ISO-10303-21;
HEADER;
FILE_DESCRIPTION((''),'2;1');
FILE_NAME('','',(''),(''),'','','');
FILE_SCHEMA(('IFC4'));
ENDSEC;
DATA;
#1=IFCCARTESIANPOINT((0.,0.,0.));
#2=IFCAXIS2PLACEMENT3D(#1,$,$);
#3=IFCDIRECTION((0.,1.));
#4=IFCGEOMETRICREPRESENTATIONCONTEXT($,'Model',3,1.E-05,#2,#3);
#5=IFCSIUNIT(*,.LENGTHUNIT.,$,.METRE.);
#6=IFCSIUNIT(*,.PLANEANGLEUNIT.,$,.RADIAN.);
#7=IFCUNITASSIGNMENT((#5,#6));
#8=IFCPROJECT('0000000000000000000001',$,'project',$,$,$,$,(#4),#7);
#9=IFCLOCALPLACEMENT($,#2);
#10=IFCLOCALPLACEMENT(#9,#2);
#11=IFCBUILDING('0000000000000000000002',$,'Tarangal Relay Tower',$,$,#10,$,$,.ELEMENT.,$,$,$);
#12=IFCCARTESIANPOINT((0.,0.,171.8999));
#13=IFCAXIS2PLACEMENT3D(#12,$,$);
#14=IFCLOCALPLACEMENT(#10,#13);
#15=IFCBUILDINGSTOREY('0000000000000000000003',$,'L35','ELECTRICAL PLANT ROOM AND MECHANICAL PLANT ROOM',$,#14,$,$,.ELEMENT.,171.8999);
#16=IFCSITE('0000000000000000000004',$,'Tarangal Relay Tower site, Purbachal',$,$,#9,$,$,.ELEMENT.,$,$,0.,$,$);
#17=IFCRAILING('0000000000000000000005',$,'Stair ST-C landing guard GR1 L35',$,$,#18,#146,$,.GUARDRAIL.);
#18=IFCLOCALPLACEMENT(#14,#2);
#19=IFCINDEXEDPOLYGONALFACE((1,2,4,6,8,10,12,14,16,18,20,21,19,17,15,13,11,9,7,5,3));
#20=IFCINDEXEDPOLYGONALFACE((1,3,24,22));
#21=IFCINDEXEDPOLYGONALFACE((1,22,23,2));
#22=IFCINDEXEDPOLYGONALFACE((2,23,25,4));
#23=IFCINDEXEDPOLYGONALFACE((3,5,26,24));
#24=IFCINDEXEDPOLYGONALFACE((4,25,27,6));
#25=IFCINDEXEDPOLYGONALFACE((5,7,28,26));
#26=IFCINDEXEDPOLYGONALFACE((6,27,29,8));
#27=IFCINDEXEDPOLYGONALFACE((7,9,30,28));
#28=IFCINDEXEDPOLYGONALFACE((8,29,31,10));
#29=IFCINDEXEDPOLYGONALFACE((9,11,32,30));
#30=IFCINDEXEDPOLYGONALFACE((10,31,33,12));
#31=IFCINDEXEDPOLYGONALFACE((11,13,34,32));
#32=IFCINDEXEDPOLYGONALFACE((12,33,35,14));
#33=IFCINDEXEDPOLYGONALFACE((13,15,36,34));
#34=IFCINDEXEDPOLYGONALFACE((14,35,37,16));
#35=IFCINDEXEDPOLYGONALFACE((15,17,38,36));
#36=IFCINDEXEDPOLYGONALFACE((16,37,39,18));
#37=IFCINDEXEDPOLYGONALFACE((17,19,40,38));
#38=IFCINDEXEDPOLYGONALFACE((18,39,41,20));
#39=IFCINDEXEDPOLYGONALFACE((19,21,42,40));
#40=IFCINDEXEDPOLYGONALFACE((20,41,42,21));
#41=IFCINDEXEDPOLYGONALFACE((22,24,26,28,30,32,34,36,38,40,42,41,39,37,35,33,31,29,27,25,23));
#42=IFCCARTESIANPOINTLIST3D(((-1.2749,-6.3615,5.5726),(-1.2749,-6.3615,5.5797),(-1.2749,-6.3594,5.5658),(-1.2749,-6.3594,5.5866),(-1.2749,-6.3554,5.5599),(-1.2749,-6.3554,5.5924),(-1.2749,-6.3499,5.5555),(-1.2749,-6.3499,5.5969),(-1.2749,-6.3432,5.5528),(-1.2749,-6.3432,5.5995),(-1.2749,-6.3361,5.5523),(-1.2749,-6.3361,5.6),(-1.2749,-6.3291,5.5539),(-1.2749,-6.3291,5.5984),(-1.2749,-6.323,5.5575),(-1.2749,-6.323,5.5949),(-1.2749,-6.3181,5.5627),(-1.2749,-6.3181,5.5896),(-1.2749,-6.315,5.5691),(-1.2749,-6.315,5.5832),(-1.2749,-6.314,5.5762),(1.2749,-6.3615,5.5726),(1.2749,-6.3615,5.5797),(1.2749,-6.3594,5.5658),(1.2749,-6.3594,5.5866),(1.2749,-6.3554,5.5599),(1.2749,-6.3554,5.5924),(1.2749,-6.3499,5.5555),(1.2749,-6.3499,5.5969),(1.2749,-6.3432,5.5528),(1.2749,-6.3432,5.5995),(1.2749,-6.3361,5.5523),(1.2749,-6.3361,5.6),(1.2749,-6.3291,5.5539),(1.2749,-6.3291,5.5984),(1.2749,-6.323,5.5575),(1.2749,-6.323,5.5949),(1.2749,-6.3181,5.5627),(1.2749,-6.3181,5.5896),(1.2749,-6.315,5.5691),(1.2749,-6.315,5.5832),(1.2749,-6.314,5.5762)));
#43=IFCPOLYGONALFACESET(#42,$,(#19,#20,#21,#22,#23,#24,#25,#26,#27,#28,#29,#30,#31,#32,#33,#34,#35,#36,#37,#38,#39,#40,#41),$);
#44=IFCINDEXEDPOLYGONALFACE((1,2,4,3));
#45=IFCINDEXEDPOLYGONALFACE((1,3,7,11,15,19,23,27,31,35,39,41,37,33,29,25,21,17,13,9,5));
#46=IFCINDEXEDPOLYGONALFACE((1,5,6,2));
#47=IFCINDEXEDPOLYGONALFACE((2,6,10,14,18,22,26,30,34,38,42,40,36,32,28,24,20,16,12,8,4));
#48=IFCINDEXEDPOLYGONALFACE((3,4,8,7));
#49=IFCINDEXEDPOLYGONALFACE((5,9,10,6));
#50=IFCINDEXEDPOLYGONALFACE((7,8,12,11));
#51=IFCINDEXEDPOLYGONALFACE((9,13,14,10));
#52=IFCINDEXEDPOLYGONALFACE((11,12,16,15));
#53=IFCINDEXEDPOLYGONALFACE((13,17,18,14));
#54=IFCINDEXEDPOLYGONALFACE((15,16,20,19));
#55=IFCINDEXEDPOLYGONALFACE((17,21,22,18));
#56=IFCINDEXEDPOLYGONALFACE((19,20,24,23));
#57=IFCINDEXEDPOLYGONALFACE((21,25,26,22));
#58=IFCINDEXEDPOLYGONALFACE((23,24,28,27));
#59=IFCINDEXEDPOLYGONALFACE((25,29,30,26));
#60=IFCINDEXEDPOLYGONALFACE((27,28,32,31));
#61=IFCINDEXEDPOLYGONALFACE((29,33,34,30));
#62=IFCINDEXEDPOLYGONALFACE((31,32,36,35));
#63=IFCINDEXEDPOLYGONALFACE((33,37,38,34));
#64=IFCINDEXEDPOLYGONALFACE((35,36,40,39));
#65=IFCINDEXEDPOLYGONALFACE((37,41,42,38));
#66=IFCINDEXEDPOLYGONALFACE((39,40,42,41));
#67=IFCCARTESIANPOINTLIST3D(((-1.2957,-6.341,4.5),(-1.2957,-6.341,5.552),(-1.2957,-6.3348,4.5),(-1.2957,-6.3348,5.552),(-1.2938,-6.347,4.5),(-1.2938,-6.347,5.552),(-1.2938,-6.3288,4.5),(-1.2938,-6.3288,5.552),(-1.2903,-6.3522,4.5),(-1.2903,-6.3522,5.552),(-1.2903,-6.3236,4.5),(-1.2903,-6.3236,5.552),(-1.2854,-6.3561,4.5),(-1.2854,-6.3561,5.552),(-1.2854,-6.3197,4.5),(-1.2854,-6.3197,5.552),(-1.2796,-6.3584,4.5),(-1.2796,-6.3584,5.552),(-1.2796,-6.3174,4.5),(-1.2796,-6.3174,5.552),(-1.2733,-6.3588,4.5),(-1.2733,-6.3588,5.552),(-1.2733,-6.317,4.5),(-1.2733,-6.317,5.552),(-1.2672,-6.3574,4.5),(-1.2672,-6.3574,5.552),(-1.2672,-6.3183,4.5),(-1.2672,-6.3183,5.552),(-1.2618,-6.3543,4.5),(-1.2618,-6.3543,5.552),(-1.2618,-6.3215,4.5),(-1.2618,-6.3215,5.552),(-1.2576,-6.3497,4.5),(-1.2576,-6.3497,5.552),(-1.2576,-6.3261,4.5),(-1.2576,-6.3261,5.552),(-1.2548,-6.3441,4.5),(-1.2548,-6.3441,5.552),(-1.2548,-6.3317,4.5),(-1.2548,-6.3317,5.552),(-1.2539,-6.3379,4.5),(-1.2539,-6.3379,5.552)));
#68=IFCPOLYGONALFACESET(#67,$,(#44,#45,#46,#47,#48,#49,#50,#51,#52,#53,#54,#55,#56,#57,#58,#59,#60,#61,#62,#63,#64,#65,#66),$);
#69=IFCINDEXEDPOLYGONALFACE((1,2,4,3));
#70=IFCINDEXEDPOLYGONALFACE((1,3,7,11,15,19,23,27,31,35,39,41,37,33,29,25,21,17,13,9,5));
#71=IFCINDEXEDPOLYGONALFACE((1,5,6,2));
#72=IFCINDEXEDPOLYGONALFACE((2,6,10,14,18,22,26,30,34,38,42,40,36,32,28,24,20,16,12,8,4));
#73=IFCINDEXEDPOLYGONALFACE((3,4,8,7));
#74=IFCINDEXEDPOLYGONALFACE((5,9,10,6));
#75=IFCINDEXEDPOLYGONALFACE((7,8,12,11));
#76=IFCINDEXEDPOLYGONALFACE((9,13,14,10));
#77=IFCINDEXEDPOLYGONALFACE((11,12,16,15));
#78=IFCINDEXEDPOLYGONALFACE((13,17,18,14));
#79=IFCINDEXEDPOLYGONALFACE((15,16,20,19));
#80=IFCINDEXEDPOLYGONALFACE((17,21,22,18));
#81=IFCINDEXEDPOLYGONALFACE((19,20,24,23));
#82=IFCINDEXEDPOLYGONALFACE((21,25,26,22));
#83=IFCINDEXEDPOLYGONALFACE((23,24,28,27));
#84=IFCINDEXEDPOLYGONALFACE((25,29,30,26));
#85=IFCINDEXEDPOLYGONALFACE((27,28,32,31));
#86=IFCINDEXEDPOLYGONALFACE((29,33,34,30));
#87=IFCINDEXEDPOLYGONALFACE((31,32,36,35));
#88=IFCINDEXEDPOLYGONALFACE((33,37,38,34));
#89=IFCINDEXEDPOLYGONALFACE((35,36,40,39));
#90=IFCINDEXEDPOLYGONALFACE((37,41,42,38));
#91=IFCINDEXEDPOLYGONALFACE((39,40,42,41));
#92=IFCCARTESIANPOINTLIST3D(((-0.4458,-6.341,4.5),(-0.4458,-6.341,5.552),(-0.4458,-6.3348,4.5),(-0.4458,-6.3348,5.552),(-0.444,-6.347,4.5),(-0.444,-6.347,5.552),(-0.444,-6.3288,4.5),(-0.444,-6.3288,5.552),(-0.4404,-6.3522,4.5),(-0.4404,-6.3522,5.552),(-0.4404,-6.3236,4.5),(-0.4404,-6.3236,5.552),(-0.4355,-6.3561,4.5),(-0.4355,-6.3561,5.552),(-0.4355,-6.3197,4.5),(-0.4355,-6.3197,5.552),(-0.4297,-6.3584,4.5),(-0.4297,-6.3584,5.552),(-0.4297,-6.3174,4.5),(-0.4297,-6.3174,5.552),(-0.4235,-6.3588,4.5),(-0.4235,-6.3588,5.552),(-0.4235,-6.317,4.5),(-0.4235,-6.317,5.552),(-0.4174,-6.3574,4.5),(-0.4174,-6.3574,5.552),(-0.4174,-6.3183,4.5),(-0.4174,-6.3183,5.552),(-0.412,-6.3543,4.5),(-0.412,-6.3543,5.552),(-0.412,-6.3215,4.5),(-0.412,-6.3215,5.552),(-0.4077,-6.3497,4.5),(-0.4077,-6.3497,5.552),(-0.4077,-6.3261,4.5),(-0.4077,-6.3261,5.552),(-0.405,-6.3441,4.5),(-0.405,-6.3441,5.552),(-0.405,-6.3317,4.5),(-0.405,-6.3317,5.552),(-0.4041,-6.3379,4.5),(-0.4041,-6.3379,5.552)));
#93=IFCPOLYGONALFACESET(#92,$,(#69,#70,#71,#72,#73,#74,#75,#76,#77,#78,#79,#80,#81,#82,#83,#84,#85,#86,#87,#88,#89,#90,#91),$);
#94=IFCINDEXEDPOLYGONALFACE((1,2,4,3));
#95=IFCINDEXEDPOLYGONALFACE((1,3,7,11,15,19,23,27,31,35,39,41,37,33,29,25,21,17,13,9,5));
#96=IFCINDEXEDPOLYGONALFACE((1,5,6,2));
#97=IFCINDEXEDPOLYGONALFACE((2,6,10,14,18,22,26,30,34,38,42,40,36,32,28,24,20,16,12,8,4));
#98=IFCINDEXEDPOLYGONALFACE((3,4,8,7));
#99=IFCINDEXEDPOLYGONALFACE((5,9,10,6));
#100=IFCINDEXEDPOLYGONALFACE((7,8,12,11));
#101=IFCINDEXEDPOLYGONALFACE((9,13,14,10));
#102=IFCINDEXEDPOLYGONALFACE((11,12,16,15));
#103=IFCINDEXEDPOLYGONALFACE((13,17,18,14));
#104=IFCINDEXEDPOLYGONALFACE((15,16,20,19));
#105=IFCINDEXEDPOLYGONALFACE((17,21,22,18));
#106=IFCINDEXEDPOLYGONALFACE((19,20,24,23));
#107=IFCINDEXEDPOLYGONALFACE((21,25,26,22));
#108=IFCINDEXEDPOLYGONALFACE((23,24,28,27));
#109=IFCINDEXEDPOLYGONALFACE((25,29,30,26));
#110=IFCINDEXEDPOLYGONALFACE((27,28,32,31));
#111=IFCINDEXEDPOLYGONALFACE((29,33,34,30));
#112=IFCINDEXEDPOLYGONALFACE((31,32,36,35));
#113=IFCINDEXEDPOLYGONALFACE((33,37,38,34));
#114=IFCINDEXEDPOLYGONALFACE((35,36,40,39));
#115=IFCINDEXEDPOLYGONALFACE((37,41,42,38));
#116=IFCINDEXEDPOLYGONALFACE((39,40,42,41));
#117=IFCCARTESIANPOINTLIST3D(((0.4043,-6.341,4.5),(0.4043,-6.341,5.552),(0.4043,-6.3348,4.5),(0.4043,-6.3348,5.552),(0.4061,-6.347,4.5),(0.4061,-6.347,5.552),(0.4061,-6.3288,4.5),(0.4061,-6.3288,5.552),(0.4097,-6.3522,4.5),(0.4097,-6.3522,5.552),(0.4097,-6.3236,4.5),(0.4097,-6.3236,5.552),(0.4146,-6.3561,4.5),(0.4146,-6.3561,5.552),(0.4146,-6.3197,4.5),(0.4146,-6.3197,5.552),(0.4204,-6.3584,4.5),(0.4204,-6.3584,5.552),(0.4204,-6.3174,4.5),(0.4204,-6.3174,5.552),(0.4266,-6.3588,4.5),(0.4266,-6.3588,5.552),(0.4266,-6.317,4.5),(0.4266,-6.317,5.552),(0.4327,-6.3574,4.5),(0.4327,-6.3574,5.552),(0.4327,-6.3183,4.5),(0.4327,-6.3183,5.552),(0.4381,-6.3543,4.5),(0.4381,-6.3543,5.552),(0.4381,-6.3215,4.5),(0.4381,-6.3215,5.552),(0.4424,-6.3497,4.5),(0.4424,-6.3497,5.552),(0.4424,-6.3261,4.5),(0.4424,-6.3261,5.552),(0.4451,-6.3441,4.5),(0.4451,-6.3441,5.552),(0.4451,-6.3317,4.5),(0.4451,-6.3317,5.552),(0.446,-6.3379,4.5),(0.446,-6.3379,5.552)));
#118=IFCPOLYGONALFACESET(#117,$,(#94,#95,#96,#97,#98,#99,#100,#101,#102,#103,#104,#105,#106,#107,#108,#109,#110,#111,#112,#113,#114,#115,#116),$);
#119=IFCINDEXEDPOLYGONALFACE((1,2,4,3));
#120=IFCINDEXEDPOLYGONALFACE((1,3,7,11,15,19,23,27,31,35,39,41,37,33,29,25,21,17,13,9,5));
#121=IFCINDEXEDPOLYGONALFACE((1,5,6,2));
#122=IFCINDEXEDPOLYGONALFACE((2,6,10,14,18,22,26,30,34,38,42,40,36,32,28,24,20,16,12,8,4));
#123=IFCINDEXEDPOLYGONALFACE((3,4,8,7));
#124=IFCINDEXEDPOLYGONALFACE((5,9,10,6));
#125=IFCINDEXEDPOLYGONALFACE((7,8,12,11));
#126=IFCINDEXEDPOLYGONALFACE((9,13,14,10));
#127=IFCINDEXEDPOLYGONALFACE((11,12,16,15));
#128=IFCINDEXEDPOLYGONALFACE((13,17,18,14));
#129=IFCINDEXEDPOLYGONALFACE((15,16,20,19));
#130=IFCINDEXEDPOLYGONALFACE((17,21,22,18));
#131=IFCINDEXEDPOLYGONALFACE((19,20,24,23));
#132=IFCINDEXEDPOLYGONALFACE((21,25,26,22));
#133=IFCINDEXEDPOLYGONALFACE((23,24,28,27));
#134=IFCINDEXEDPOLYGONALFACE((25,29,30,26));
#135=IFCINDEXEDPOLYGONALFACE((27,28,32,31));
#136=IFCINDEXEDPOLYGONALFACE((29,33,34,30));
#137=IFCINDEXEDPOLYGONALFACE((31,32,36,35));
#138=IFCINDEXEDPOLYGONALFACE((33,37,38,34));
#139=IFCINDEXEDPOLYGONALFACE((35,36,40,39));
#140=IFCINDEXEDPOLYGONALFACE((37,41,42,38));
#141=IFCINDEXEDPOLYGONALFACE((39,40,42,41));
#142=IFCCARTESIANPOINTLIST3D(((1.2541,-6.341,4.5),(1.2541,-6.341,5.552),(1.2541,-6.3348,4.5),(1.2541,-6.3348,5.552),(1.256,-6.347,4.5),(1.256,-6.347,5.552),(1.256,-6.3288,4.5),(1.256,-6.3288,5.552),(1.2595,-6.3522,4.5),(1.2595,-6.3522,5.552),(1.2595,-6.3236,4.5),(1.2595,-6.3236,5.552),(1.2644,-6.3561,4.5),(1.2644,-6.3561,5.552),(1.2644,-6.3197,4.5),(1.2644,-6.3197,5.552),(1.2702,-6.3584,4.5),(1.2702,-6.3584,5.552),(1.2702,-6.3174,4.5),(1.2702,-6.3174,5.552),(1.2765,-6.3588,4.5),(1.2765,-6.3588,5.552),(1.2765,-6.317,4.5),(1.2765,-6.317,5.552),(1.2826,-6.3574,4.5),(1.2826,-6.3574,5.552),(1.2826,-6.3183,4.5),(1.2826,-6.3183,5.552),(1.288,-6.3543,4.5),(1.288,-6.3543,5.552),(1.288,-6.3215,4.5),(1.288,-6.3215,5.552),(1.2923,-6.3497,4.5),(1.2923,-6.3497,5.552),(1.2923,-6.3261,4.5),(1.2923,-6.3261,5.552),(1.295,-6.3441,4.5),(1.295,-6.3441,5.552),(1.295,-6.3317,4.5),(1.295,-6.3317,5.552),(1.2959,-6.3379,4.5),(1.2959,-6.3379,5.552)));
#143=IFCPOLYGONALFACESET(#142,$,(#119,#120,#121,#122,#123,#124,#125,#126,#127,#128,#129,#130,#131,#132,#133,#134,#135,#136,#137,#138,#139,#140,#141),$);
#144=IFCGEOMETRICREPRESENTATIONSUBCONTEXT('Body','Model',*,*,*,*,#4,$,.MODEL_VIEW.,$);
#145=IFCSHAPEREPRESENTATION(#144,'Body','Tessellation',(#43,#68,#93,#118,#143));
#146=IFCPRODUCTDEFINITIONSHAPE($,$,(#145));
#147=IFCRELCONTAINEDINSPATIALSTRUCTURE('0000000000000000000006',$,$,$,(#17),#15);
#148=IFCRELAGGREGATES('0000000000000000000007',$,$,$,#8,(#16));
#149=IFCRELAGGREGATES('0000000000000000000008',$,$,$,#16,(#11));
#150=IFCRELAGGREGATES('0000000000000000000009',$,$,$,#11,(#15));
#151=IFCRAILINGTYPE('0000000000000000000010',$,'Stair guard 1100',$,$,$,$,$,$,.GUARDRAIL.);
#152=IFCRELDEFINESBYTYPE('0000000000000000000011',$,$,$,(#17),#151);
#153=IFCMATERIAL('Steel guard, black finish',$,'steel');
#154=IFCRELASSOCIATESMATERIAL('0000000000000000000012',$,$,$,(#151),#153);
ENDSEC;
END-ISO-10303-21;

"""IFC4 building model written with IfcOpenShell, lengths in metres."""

from ifc_helpers import new_model, si_unit, direction, frame, origin, origin_2d, place, context, subcontext, project, spatial, circle, extrude, material, type_object, element, save


model = new_model("IFC4")

# Units and contexts
model_context = context("Model", 3, precision=1e-05, world=origin(), true_north=direction((0.0, 1.0)))
body_context = subcontext(model_context, "Body", "Model", "MODEL_VIEW")
ifc_project = project(units=[si_unit("LENGTHUNIT", "METRE"), si_unit("PLANEANGLEUNIT", "RADIAN")], contexts=[model_context])

# Site, building, storey
site_placement = place(None, origin())
site = spatial("IfcSite", under=ifc_project, at=site_placement, Name="Tarangal Relay Tower site, Purbachal", CompositionType="ELEMENT", RefElevation=0.0)
building_placement = place(site_placement, origin())
building = spatial("IfcBuilding", under=site, at=building_placement, Name="Tarangal Relay Tower", CompositionType="ELEMENT")
storey_placement = place(building_placement, frame((0.0, 0.0, 171.8999)))
storey = spatial("IfcBuildingStorey", under=building, at=storey_placement, Name="L35", Description="ELECTRICAL PLANT ROOM AND MECHANICAL PLANT ROOM", CompositionType="ELEMENT", Elevation=171.8999)

# Railing
ifc_material_1 = material(Name="Steel guard, black finish", Category="steel")
railing_type_1 = type_object("IfcRailingType", Name="Stair guard 1100", PredefinedType="GUARDRAIL", material=ifc_material_1)
for number, where, name in (
    (1, (-1.2749, -6.3379, 4.5), "Stair ST-C landing guard GR1 L35"),
):
    element("IfcRailing", number, at=place(storey_placement, frame(where)), inside=storey, type_object=railing_type_1, Name=name, PredefinedType="GUARDRAIL", context=body_context, shape_type="SweptSolid", body=[
        extrude(circle(Radius=0.0239, at=origin_2d()), frame((0.0, 0.0, 1.0762), z_axis=(1.0, 0.0, 0.0), x_axis=(0.0, 1.0, 0.0)), (0.0, 0.0, 1.0), 2.5498),
        extrude(circle(Radius=0.021, at=origin_2d()), origin(), (0.0, 0.0, 1.0), 1.052),
        extrude(circle(Radius=0.021, at=origin_2d()), frame((0.8499, 0.0, 0.0)), (0.0, 0.0, 1.0), 1.052),
        extrude(circle(Radius=0.021, at=origin_2d()), frame((1.7, 0.0, 0.0)), (0.0, 0.0, 1.0), 1.052),
        extrude(circle(Radius=0.021, at=origin_2d()), frame((2.5498, 0.0, 0.0)), (0.0, 0.0, 1.0), 1.052),
    ])

save(model, "model.ifc")
